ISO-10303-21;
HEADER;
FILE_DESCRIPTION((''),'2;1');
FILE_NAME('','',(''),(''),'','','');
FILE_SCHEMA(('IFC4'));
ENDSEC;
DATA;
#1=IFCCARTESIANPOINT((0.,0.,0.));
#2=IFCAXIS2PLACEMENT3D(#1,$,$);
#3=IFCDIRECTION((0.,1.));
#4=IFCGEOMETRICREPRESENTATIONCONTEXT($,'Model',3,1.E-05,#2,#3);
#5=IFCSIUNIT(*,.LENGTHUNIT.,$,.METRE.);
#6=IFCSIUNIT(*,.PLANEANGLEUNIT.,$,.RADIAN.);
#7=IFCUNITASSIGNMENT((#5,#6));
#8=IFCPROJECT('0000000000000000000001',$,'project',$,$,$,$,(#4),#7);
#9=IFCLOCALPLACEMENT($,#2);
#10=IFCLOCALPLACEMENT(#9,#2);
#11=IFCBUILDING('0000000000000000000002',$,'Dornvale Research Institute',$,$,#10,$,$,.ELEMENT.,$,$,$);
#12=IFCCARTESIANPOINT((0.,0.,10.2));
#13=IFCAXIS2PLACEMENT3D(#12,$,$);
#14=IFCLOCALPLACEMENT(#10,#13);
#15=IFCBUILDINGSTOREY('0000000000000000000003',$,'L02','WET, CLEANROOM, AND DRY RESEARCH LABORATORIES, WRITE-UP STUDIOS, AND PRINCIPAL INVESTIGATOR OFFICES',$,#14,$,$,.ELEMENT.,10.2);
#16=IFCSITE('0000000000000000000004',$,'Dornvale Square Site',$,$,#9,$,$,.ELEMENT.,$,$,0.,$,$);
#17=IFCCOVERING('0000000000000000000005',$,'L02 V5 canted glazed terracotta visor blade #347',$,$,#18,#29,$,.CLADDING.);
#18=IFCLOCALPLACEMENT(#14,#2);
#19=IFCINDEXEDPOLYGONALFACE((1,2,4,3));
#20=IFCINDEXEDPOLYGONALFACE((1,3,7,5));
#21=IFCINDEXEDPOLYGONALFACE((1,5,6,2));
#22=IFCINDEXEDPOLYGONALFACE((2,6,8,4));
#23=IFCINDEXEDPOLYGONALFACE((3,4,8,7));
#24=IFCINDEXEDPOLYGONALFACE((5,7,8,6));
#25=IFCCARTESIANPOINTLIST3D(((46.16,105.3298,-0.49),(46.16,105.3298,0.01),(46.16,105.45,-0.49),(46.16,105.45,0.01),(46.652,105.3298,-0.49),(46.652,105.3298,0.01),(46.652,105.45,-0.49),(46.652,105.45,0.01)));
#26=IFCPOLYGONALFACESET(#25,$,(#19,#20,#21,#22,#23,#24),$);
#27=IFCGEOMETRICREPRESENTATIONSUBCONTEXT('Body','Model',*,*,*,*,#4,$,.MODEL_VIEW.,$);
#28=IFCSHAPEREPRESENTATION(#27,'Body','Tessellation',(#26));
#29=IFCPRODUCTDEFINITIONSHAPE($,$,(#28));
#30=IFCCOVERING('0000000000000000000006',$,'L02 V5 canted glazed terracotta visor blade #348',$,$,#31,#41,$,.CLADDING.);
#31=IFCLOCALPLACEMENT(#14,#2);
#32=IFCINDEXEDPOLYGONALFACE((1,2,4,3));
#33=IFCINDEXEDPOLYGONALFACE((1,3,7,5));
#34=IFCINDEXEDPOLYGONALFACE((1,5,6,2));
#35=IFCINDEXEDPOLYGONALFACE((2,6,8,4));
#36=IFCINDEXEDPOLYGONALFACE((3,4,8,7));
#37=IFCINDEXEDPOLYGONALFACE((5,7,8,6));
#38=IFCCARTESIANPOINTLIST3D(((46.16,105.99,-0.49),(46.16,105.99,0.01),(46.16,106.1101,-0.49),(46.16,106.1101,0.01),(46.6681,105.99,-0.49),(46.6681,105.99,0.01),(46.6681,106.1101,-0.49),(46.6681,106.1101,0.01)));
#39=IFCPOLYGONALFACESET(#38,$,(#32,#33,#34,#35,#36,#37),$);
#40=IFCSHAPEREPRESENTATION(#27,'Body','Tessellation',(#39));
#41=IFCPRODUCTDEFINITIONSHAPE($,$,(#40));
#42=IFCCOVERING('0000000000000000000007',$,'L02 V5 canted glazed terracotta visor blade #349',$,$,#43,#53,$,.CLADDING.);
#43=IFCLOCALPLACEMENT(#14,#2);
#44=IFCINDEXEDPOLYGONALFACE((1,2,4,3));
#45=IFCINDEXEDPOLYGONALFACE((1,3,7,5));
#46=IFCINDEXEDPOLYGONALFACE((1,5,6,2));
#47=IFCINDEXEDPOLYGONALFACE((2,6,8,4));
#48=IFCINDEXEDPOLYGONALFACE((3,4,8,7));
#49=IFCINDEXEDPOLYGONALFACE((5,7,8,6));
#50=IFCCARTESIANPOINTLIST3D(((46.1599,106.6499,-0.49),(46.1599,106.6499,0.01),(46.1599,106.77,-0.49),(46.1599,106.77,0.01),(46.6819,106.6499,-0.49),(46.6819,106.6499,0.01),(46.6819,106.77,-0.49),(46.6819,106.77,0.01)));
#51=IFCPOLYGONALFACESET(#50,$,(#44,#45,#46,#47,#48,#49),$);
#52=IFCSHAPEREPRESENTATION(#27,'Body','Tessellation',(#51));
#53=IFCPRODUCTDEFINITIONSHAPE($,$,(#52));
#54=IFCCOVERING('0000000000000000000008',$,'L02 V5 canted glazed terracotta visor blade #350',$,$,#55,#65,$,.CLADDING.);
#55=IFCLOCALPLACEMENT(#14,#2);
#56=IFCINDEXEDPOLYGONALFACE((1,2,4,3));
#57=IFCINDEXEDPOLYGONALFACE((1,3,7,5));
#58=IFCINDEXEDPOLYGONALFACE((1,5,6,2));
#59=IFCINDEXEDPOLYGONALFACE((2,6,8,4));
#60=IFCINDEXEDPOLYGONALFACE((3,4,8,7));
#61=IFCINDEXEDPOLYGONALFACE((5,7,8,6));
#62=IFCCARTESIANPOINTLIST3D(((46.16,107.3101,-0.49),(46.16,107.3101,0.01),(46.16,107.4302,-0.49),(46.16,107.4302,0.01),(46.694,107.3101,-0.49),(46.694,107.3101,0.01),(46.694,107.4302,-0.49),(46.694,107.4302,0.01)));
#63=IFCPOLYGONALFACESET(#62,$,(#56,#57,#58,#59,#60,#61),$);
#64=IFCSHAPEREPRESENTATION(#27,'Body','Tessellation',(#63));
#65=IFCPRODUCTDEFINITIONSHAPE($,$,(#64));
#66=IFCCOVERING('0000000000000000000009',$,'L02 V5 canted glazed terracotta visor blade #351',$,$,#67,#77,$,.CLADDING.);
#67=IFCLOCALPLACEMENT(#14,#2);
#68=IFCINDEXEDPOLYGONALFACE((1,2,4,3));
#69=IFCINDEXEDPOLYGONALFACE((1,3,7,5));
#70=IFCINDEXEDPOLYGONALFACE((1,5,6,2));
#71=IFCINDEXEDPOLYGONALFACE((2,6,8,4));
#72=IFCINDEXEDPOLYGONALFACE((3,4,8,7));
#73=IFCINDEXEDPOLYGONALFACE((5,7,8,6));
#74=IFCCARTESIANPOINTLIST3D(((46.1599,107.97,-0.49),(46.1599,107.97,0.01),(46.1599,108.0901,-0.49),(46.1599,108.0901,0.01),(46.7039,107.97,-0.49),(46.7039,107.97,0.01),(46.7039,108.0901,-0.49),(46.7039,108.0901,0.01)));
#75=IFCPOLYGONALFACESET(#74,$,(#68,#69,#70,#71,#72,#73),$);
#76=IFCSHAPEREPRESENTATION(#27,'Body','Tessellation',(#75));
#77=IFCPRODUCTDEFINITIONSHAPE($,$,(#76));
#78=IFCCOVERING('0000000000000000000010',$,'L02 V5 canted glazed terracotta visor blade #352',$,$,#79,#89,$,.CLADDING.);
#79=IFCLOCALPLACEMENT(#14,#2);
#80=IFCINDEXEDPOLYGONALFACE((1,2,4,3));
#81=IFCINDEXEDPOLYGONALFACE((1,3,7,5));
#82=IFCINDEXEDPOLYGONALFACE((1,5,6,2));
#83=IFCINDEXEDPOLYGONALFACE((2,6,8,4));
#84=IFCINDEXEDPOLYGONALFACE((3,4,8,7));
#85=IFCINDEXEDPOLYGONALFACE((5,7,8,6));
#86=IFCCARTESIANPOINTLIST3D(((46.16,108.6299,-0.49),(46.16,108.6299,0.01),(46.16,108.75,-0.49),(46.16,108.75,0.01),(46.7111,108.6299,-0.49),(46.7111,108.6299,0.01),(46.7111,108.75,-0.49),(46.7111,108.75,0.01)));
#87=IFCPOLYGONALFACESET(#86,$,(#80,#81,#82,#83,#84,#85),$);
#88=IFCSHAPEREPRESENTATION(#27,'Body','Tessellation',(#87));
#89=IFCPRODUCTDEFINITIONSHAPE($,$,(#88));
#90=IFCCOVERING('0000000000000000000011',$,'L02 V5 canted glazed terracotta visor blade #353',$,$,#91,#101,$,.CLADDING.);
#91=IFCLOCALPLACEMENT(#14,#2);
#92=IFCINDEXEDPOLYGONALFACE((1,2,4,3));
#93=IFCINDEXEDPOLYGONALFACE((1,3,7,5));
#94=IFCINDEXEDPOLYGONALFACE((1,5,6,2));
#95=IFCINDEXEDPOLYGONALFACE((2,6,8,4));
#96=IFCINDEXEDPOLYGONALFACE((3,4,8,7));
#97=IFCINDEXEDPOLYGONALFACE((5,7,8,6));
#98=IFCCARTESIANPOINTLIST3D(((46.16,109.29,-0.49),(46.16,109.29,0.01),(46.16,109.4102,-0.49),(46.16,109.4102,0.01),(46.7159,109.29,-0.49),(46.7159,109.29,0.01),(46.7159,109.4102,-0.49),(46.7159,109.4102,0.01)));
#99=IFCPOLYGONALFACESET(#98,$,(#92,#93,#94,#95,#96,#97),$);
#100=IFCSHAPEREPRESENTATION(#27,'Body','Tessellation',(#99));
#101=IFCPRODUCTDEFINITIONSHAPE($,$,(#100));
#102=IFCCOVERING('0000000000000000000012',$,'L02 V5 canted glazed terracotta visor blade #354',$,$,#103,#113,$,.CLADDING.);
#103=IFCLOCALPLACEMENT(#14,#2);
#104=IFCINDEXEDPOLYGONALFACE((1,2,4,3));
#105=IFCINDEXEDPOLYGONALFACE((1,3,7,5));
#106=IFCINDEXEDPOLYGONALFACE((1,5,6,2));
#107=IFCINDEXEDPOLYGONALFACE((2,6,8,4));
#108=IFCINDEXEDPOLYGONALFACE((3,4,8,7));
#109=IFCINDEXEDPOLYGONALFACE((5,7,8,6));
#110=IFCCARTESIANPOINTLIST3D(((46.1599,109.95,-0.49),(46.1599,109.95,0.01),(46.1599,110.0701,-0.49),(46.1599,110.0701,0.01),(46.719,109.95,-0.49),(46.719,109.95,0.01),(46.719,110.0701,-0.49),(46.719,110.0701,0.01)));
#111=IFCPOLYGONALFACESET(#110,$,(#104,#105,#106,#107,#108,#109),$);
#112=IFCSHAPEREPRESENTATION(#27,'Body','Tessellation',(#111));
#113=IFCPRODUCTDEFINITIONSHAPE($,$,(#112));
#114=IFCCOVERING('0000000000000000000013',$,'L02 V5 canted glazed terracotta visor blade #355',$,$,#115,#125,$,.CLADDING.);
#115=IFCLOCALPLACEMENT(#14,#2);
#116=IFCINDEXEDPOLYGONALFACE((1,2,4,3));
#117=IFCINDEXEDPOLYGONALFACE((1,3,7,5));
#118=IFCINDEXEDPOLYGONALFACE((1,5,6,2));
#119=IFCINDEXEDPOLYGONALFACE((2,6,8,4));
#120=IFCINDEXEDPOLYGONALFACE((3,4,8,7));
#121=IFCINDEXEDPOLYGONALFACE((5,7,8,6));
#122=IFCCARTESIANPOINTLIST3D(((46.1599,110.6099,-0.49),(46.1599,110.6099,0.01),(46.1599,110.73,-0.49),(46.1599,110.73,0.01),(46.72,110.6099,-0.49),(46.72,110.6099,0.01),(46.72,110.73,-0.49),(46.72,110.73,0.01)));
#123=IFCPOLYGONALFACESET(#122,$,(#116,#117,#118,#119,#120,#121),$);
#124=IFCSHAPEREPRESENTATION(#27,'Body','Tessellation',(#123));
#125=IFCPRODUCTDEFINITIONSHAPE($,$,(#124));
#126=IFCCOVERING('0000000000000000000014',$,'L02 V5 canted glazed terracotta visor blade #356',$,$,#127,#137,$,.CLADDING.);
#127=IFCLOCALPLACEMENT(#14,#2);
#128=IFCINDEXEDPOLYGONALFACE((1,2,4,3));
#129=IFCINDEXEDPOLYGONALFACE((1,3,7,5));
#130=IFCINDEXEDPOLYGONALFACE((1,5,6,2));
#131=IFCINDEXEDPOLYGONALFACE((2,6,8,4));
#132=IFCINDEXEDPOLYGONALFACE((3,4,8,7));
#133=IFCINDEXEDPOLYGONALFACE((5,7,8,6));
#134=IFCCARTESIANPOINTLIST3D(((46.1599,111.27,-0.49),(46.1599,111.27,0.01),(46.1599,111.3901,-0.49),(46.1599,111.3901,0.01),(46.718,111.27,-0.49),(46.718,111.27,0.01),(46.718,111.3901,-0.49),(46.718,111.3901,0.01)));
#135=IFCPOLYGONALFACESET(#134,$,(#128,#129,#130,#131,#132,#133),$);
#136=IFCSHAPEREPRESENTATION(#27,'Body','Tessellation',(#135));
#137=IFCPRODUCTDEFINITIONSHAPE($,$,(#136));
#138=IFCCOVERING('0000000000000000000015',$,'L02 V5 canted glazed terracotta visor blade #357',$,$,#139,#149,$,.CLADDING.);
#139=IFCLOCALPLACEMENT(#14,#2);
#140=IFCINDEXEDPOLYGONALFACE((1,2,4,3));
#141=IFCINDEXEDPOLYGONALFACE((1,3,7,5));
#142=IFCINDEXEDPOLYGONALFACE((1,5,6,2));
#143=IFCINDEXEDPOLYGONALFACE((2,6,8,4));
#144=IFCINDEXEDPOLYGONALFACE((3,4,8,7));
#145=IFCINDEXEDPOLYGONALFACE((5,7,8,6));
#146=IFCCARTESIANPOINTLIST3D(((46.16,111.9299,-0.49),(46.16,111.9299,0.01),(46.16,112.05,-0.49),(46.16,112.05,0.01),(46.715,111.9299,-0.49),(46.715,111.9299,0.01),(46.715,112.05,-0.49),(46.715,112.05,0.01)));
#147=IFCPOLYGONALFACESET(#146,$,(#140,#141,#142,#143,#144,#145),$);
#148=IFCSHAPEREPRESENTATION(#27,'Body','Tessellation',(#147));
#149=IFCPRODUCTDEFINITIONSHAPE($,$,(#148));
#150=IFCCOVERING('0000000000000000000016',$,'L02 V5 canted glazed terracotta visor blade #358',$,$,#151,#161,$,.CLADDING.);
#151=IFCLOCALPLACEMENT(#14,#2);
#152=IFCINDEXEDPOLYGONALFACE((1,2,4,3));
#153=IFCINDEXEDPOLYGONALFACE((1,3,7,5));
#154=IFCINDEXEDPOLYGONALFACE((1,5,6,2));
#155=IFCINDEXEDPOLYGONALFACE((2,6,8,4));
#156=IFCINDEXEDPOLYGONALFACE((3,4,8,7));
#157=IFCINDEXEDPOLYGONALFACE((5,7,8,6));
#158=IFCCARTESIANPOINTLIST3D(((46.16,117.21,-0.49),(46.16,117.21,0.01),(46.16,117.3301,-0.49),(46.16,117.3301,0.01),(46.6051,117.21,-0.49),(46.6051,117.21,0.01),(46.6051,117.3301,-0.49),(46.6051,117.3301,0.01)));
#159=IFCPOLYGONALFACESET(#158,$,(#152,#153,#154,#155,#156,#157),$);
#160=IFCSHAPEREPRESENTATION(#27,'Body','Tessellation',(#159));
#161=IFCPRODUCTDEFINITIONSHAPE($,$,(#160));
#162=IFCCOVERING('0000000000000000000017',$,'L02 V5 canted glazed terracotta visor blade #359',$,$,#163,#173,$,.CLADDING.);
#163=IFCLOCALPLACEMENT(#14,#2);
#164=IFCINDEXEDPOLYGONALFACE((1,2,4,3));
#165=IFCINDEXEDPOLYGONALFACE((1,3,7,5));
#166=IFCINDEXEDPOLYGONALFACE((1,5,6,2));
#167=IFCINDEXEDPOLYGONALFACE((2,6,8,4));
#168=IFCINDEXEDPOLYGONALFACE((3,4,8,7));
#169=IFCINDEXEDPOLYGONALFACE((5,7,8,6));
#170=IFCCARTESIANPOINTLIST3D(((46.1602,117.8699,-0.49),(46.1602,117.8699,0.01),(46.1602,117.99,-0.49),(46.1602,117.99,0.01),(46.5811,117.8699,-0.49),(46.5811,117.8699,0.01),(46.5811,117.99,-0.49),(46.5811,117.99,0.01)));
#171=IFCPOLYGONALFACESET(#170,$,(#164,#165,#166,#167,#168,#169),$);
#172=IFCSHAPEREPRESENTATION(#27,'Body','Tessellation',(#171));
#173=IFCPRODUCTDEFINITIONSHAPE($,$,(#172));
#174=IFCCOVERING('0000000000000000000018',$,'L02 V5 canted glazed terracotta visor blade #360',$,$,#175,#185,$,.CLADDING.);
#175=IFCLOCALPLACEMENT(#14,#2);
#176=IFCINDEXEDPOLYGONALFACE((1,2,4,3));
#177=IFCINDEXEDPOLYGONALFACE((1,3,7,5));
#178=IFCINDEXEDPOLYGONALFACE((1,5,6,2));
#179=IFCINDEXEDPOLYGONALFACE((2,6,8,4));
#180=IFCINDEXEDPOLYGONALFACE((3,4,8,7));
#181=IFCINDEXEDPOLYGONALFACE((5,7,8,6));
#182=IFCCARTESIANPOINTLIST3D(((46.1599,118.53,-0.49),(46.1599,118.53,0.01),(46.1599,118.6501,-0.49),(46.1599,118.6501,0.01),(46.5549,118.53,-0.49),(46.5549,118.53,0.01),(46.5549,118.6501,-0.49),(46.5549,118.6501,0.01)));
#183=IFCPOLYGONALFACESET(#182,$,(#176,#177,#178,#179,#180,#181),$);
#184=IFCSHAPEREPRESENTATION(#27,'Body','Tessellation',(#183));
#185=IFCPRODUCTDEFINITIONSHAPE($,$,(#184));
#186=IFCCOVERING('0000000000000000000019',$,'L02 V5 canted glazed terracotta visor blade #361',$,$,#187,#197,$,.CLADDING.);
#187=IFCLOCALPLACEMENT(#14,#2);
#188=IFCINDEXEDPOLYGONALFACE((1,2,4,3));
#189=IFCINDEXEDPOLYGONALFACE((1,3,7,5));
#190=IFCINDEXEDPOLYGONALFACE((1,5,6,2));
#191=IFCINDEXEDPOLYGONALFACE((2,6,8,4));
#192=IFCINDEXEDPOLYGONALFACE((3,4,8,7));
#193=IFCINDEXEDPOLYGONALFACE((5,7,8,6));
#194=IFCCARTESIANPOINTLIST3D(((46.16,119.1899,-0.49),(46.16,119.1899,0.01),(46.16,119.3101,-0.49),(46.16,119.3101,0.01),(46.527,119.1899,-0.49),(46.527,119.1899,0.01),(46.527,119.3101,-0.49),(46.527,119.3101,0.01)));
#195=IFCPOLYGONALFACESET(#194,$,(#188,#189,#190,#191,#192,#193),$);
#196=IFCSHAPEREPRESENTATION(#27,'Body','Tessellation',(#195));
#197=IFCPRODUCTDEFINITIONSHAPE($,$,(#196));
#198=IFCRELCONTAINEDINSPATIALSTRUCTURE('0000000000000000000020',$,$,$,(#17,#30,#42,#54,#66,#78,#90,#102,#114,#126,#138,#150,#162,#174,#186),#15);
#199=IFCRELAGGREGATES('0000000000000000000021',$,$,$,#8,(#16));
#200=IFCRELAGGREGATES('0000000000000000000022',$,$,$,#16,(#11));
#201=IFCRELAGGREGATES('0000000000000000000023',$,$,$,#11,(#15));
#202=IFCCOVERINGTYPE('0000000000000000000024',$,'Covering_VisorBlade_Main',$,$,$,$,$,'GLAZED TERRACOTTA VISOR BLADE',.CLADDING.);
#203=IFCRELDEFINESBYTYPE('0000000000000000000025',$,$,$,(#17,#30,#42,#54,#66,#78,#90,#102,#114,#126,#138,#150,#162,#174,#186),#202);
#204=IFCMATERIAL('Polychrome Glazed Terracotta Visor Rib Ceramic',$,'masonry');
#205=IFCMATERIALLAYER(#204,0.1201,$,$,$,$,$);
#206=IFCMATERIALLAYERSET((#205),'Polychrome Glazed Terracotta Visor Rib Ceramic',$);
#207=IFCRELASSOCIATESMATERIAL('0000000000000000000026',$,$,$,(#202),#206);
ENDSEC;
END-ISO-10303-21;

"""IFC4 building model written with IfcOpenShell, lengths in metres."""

from ifc_helpers import new_model, si_unit, direction, frame, origin, origin_2d, place, context, subcontext, project, spatial, rectangle, extrude, material, layer, layer_set, type_object, element, save


model = new_model("IFC4")

# Units and contexts
model_context = context("Model", 3, precision=1e-05, world=origin(), true_north=direction((0.0, 1.0)))
body_context = subcontext(model_context, "Body", "Model", "MODEL_VIEW")
ifc_project = project(units=[si_unit("LENGTHUNIT", "METRE"), si_unit("PLANEANGLEUNIT", "RADIAN")], contexts=[model_context])

# Site, building, storey
site_placement = place(None, origin())
site = spatial("IfcSite", under=ifc_project, at=site_placement, Name="Dornvale Square Site", CompositionType="ELEMENT", RefElevation=0.0)
building_placement = place(site_placement, origin())
building = spatial("IfcBuilding", under=site, at=building_placement, Name="Dornvale Research Institute", CompositionType="ELEMENT")
storey_placement = place(building_placement, frame((0.0, 0.0, 10.2)))
storey = spatial("IfcBuildingStorey", under=building, at=storey_placement, Name="L02", Description="WET, CLEANROOM, AND DRY RESEARCH LABORATORIES, WRITE-UP STUDIOS, AND PRINCIPAL INVESTIGATOR OFFICES", CompositionType="ELEMENT", Elevation=10.2)

# Coverings
ifc_material_1 = material(Name="Polychrome Glazed Terracotta Visor Rib Ceramic", Category="masonry")
ifc_layer = layer(ifc_material_1, 0.1201)
ifc_layer_set = layer_set([ifc_layer], Name="Polychrome Glazed Terracotta Visor Rib Ceramic")
covering_type = type_object("IfcCoveringType", Name="Covering_VisorBlade_Main", ElementType="GLAZED TERRACOTTA VISOR BLADE", PredefinedType="CLADDING", material=ifc_layer_set)
covering_1_placement = place(storey_placement, frame((46.406, 105.3899, -0.49), z_axis=(0.0, 0.0, 1.0), x_axis=(1.0, 0.0, 0.0)))
element("IfcCovering", 1, at=covering_1_placement, inside=storey, type_object=covering_type, Name="L02 V5 canted glazed terracotta visor blade #347", PredefinedType="CLADDING", context=body_context, shape_type="SweptSolid", body=[
    extrude(rectangle(XDim=0.4919, YDim=0.1201, at=origin_2d()), origin(), (0.0, 0.0, 1.0), 0.5),
])
covering_2_placement = place(storey_placement, frame((46.4141, 106.05, -0.49), z_axis=(0.0, 0.0, 1.0), x_axis=(1.0, 0.0, 0.0)))
element("IfcCovering", 2, at=covering_2_placement, inside=storey, type_object=covering_type, Name="L02 V5 canted glazed terracotta visor blade #348", PredefinedType="CLADDING", context=body_context, shape_type="SweptSolid", body=[
    extrude(rectangle(XDim=0.5081, YDim=0.1201, at=origin_2d()), origin(), (0.0, 0.0, 1.0), 0.5),
])
covering_3_placement = place(storey_placement, frame((46.4209, 106.71, -0.49), z_axis=(0.0, 0.0, 1.0), x_axis=(1.0, 0.0, 0.0)))
element("IfcCovering", 3, at=covering_3_placement, inside=storey, type_object=covering_type, Name="L02 V5 canted glazed terracotta visor blade #349", PredefinedType="CLADDING", context=body_context, shape_type="SweptSolid", body=[
    extrude(rectangle(XDim=0.522, YDim=0.1201, at=origin_2d()), origin(), (0.0, 0.0, 1.0), 0.5),
])
covering_4_placement = place(storey_placement, frame((46.427, 107.3701, -0.49), z_axis=(0.0, 0.0, 1.0), x_axis=(1.0, 0.0, 0.0)))
element("IfcCovering", 4, at=covering_4_placement, inside=storey, type_object=covering_type, Name="L02 V5 canted glazed terracotta visor blade #350", PredefinedType="CLADDING", context=body_context, shape_type="SweptSolid", body=[
    extrude(rectangle(XDim=0.5339, YDim=0.1201, at=origin_2d()), origin(), (0.0, 0.0, 1.0), 0.5),
])
covering_5_placement = place(storey_placement, frame((46.4319, 108.03, -0.49), z_axis=(0.0, 0.0, 1.0), x_axis=(1.0, 0.0, 0.0)))
element("IfcCovering", 5, at=covering_5_placement, inside=storey, type_object=covering_type, Name="L02 V5 canted glazed terracotta visor blade #351", PredefinedType="CLADDING", context=body_context, shape_type="SweptSolid", body=[
    extrude(rectangle(XDim=0.5439, YDim=0.1201, at=origin_2d()), origin(), (0.0, 0.0, 1.0), 0.5),
])
covering_6_placement = place(storey_placement, frame((46.4355, 108.6899, -0.49), z_axis=(0.0, 0.0, 1.0), x_axis=(1.0, 0.0, 0.0)))
element("IfcCovering", 6, at=covering_6_placement, inside=storey, type_object=covering_type, Name="L02 V5 canted glazed terracotta visor blade #352", PredefinedType="CLADDING", context=body_context, shape_type="SweptSolid", body=[
    extrude(rectangle(XDim=0.551, YDim=0.1201, at=origin_2d()), origin(), (0.0, 0.0, 1.0), 0.5),
])
covering_7_placement = place(storey_placement, frame((46.438, 109.3501, -0.49), z_axis=(0.0, 0.0, 1.0), x_axis=(1.0, 0.0, 0.0)))
element("IfcCovering", 7, at=covering_7_placement, inside=storey, type_object=covering_type, Name="L02 V5 canted glazed terracotta visor blade #353", PredefinedType="CLADDING", context=body_context, shape_type="SweptSolid", body=[
    extrude(rectangle(XDim=0.5559, YDim=0.1201, at=origin_2d()), origin(), (0.0, 0.0, 1.0), 0.5),
])
covering_8_placement = place(storey_placement, frame((46.4395, 110.01, -0.49), z_axis=(0.0, 0.0, 1.0), x_axis=(1.0, 0.0, 0.0)))
element("IfcCovering", 8, at=covering_8_placement, inside=storey, type_object=covering_type, Name="L02 V5 canted glazed terracotta visor blade #354", PredefinedType="CLADDING", context=body_context, shape_type="SweptSolid", body=[
    extrude(rectangle(XDim=0.5591, YDim=0.1201, at=origin_2d()), origin(), (0.0, 0.0, 1.0), 0.5),
])
covering_9_placement = place(storey_placement, frame((46.4399, 110.6699, -0.49), z_axis=(0.0, 0.0, 1.0), x_axis=(1.0, 0.0, 0.0)))
element("IfcCovering", 9, at=covering_9_placement, inside=storey, type_object=covering_type, Name="L02 V5 canted glazed terracotta visor blade #355", PredefinedType="CLADDING", context=body_context, shape_type="SweptSolid", body=[
    extrude(rectangle(XDim=0.5601, YDim=0.1201, at=origin_2d()), origin(), (0.0, 0.0, 1.0), 0.5),
])
covering_10_placement = place(storey_placement, frame((46.439, 111.3301, -0.49), z_axis=(0.0, 0.0, 1.0), x_axis=(1.0, 0.0, 0.0)))
element("IfcCovering", 10, at=covering_10_placement, inside=storey, type_object=covering_type, Name="L02 V5 canted glazed terracotta visor blade #356", PredefinedType="CLADDING", context=body_context, shape_type="SweptSolid", body=[
    extrude(rectangle(XDim=0.5581, YDim=0.1201, at=origin_2d()), origin(), (0.0, 0.0, 1.0), 0.5),
])
covering_11_placement = place(storey_placement, frame((46.4375, 111.99, -0.49), z_axis=(0.0, 0.0, 1.0), x_axis=(1.0, 0.0, 0.0)))
element("IfcCovering", 11, at=covering_11_placement, inside=storey, type_object=covering_type, Name="L02 V5 canted glazed terracotta visor blade #357", PredefinedType="CLADDING", context=body_context, shape_type="SweptSolid", body=[
    extrude(rectangle(XDim=0.5549, YDim=0.1201, at=origin_2d()), origin(), (0.0, 0.0, 1.0), 0.5),
])
covering_12_placement = place(storey_placement, frame((46.3826, 117.27, -0.49), z_axis=(0.0, 0.0, 1.0), x_axis=(1.0, 0.0, 0.0)))
element("IfcCovering", 12, at=covering_12_placement, inside=storey, type_object=covering_type, Name="L02 V5 canted glazed terracotta visor blade #358", PredefinedType="CLADDING", context=body_context, shape_type="SweptSolid", body=[
    extrude(rectangle(XDim=0.4451, YDim=0.1201, at=origin_2d()), origin(), (0.0, 0.0, 1.0), 0.5),
])
covering_13_placement = place(storey_placement, frame((46.3706, 117.9299, -0.49), z_axis=(0.0, 0.0, 1.0), x_axis=(1.0, 0.0, 0.0)))
element("IfcCovering", 13, at=covering_13_placement, inside=storey, type_object=covering_type, Name="L02 V5 canted glazed terracotta visor blade #359", PredefinedType="CLADDING", context=body_context, shape_type="SweptSolid", body=[
    extrude(rectangle(XDim=0.4209, YDim=0.1201, at=origin_2d()), origin(), (0.0, 0.0, 1.0), 0.5),
])
covering_14_placement = place(storey_placement, frame((46.3574, 118.5901, -0.49), z_axis=(0.0, 0.0, 1.0), x_axis=(1.0, 0.0, 0.0)))
element("IfcCovering", 14, at=covering_14_placement, inside=storey, type_object=covering_type, Name="L02 V5 canted glazed terracotta visor blade #360", PredefinedType="CLADDING", context=body_context, shape_type="SweptSolid", body=[
    extrude(rectangle(XDim=0.395, YDim=0.1201, at=origin_2d()), origin(), (0.0, 0.0, 1.0), 0.5),
])
covering_15_placement = place(storey_placement, frame((46.3435, 119.25, -0.49), z_axis=(0.0, 0.0, 1.0), x_axis=(1.0, 0.0, 0.0)))
element("IfcCovering", 15, at=covering_15_placement, inside=storey, type_object=covering_type, Name="L02 V5 canted glazed terracotta visor blade #361", PredefinedType="CLADDING", context=body_context, shape_type="SweptSolid", body=[
    extrude(rectangle(XDim=0.3669, YDim=0.1201, at=origin_2d()), origin(), (0.0, 0.0, 1.0), 0.5),
])

save(model, "model.ifc")
